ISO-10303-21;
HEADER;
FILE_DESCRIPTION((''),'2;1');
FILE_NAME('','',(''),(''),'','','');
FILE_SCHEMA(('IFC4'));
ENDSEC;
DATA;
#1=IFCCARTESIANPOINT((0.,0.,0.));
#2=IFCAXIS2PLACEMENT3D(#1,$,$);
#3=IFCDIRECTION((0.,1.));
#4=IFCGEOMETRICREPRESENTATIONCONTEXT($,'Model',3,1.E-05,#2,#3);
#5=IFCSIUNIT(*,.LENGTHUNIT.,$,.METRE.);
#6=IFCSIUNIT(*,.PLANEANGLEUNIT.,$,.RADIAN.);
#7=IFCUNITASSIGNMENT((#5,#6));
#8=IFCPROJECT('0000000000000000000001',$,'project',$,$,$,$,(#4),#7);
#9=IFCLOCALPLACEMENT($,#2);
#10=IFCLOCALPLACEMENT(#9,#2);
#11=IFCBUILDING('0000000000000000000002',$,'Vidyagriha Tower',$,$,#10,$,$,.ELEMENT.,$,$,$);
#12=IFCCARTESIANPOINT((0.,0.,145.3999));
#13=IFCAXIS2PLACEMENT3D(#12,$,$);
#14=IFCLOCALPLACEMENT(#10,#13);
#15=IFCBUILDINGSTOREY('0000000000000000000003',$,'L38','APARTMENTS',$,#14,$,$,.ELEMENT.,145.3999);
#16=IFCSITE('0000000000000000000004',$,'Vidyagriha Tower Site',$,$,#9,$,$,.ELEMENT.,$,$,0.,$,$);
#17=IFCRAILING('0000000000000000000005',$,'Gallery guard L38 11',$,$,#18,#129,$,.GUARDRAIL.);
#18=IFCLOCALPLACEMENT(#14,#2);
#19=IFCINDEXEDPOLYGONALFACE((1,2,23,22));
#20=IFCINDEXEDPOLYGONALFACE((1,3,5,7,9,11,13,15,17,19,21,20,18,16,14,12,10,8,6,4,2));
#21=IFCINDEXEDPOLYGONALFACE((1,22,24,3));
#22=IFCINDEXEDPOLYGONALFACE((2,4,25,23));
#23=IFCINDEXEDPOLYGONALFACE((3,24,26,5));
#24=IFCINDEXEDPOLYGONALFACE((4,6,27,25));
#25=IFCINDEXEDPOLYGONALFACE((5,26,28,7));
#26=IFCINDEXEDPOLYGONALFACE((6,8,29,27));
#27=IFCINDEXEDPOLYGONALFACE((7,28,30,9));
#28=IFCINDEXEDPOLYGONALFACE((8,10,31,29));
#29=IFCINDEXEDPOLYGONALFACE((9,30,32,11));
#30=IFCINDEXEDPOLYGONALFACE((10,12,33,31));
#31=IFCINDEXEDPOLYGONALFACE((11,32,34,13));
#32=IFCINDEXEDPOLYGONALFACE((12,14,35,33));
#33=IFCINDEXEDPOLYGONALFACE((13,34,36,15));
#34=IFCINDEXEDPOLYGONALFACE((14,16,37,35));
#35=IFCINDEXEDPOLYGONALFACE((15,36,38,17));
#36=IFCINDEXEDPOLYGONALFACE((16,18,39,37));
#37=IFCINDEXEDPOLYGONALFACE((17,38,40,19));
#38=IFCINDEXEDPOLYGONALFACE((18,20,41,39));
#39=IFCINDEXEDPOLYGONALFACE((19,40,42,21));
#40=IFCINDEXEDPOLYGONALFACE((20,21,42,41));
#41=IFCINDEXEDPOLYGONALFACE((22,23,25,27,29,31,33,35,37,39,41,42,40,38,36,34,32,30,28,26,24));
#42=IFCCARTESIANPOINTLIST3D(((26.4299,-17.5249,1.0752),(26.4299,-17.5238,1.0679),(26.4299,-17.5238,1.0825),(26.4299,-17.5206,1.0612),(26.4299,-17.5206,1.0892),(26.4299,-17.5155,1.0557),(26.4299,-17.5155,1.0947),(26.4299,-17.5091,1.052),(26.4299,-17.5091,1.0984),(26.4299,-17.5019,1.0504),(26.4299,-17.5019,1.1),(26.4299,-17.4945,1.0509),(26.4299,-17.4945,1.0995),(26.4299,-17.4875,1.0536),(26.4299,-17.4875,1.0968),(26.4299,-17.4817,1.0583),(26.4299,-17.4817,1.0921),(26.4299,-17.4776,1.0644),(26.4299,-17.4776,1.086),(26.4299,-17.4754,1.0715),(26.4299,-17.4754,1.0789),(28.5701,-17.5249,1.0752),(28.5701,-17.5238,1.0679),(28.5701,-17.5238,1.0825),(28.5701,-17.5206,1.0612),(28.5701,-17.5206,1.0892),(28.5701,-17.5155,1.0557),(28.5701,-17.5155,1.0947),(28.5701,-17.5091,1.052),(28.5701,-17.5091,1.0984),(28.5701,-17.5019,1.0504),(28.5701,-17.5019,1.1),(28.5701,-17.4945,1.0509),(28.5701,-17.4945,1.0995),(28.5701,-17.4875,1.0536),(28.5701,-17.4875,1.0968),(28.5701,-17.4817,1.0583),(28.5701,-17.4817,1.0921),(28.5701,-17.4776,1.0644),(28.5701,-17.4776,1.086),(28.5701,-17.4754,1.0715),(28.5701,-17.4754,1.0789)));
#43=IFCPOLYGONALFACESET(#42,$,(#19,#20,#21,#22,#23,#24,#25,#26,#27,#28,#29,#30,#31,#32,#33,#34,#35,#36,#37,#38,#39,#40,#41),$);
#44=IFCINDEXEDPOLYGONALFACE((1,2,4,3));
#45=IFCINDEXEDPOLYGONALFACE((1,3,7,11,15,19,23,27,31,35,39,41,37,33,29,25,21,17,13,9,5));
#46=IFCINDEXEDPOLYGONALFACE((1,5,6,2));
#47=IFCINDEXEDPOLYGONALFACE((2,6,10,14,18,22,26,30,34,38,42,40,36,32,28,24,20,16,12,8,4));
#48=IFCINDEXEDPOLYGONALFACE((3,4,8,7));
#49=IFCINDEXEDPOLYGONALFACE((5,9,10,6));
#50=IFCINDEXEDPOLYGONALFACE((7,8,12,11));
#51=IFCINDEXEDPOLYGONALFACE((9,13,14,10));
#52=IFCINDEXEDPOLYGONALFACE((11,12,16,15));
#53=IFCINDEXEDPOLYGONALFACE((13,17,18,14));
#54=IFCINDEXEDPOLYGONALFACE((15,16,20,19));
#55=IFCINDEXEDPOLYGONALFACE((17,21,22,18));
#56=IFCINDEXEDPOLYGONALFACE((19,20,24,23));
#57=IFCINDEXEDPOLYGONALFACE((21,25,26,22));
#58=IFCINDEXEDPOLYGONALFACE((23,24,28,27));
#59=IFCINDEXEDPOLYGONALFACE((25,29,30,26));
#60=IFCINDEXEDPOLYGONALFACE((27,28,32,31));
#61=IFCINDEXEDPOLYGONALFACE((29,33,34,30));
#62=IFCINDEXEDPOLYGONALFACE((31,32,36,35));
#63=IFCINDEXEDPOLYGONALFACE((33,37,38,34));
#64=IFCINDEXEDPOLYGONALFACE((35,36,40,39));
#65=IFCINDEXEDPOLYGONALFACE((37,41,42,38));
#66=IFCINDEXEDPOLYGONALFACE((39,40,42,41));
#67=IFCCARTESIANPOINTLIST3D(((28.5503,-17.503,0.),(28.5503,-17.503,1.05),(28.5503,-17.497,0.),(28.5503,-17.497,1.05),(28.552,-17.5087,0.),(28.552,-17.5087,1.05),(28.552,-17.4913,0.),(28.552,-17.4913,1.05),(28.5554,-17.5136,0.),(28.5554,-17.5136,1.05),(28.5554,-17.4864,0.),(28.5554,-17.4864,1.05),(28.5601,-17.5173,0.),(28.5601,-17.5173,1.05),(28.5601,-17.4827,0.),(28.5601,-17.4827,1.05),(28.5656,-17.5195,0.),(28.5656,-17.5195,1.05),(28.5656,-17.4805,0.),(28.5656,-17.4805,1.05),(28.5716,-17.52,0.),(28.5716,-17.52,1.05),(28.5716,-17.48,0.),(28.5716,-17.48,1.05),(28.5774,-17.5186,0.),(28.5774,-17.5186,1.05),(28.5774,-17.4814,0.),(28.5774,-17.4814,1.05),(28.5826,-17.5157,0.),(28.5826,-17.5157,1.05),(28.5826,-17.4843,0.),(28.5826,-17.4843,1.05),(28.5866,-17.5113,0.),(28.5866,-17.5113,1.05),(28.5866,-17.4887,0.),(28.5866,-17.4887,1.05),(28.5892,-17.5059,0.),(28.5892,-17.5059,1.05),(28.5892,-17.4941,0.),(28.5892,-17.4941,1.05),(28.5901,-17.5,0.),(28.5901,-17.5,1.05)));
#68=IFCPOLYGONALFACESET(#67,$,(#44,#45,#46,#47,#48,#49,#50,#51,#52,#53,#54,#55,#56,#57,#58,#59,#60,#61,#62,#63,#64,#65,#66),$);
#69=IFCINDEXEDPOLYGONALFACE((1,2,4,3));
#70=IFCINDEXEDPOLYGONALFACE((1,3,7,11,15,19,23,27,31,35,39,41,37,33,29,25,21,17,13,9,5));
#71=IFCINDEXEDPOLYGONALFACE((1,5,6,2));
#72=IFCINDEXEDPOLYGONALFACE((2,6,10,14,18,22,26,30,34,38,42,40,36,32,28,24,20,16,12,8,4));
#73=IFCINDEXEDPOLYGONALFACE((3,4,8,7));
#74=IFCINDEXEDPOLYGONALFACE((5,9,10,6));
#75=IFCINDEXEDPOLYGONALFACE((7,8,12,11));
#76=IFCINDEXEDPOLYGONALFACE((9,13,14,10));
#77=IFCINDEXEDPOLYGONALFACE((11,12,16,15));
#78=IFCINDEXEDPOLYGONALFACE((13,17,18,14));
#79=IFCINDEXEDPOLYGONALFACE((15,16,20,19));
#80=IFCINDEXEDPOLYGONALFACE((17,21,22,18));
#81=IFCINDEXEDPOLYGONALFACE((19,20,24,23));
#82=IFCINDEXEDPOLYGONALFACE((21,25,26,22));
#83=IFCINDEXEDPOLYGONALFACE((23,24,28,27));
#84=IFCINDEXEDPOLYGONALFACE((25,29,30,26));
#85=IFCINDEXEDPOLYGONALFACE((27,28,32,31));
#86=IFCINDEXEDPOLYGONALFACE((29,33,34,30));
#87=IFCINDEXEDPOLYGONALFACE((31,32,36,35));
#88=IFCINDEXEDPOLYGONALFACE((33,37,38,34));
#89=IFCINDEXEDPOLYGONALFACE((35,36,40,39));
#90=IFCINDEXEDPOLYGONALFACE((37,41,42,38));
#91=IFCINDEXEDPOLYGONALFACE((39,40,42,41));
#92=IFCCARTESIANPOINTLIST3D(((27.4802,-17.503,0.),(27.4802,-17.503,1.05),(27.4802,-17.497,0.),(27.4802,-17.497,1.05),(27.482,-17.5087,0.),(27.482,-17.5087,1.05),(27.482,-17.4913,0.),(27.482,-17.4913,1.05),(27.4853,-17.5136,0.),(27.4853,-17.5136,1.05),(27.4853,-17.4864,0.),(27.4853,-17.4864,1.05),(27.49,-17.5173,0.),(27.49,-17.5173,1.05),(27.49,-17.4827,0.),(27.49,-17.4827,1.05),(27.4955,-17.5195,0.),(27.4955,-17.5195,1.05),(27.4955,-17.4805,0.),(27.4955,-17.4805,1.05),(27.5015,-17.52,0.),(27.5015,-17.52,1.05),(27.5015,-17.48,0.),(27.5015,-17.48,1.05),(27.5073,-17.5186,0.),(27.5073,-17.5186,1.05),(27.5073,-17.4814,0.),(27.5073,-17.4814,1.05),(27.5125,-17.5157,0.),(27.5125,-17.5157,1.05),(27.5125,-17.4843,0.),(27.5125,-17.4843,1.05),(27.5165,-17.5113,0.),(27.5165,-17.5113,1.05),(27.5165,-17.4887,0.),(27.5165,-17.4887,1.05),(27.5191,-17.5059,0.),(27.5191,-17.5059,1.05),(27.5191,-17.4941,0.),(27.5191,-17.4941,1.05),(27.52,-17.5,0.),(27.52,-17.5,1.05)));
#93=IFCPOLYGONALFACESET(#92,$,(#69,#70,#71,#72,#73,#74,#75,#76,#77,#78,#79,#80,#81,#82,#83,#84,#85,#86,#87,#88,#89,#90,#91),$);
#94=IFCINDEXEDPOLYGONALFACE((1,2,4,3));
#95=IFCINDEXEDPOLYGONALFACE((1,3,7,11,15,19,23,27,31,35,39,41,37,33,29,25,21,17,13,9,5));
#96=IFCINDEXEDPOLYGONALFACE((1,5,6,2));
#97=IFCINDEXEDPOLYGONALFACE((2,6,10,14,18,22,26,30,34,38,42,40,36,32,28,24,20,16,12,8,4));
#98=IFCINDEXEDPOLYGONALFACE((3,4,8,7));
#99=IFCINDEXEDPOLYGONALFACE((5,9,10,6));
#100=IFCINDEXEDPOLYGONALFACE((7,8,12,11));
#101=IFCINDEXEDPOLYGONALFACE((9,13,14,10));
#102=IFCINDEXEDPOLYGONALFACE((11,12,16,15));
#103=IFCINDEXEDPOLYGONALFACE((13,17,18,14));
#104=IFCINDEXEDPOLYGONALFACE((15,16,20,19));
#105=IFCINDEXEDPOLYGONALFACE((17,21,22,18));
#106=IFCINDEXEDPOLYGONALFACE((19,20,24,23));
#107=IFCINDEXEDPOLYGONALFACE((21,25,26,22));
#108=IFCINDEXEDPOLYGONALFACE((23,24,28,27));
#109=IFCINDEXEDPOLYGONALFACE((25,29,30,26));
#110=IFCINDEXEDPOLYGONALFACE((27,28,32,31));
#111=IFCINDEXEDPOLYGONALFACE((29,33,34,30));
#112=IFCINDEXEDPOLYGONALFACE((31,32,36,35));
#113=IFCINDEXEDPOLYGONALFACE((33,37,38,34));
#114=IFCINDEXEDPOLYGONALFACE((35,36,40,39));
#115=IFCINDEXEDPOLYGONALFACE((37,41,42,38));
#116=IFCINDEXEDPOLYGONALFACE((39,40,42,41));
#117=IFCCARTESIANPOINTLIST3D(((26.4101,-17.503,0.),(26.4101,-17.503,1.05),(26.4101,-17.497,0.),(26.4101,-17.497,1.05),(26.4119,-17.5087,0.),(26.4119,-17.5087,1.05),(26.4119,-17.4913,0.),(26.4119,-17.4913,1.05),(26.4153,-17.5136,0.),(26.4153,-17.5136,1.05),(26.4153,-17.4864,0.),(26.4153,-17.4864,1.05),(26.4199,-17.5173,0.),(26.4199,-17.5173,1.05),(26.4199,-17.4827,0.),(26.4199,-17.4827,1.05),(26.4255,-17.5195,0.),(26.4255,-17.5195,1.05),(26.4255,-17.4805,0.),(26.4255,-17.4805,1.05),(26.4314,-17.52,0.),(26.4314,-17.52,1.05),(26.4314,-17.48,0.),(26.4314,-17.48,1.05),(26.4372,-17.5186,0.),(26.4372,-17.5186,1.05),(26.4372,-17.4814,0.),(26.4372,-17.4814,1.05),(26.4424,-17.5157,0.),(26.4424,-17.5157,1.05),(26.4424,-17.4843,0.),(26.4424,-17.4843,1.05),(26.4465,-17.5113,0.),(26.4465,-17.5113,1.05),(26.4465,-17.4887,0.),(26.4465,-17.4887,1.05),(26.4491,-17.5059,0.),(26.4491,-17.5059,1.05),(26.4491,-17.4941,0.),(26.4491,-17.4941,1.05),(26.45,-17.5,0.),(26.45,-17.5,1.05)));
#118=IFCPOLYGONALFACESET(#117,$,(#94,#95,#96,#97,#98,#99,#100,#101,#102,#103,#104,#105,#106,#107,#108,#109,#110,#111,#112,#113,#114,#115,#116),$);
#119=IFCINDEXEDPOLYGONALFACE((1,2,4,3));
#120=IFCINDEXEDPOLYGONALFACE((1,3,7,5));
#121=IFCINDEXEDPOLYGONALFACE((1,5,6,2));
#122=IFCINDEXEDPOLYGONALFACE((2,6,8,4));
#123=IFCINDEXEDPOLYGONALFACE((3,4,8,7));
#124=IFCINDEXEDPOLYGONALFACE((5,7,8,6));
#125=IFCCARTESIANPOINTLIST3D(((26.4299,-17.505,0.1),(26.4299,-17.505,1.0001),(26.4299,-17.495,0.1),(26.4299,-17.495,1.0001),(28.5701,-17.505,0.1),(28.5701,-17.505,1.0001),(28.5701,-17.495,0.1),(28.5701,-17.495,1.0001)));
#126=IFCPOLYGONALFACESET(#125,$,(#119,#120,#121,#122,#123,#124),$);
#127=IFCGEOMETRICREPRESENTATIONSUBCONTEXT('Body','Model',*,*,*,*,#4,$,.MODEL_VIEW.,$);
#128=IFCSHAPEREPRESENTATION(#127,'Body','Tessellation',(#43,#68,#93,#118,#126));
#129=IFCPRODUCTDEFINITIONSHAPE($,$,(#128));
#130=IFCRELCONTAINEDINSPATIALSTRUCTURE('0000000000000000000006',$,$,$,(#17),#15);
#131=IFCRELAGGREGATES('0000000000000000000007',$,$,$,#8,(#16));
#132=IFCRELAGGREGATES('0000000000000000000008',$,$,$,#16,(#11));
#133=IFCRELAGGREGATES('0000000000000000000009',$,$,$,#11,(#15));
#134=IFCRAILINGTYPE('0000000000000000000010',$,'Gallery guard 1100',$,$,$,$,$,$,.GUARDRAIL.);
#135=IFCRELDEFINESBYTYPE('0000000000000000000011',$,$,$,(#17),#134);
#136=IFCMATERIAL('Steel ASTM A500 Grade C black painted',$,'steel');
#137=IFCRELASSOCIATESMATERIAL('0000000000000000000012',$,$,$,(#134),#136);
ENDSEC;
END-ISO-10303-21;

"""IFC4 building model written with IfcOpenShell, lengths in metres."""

from ifc_helpers import new_model, si_unit, direction, frame, origin, origin_2d, place, context, subcontext, project, spatial, rectangle, circle, extrude, material, type_object, element, save


model = new_model("IFC4")

# Units and contexts
model_context = context("Model", 3, precision=1e-05, world=origin(), true_north=direction((0.0, 1.0)))
body_context = subcontext(model_context, "Body", "Model", "MODEL_VIEW")
ifc_project = project(units=[si_unit("LENGTHUNIT", "METRE"), si_unit("PLANEANGLEUNIT", "RADIAN")], contexts=[model_context])

# Site, building, storey
site_placement = place(None, origin())
site = spatial("IfcSite", under=ifc_project, at=site_placement, Name="Vidyagriha Tower Site", CompositionType="ELEMENT", RefElevation=0.0)
building_placement = place(site_placement, origin())
building = spatial("IfcBuilding", under=site, at=building_placement, Name="Vidyagriha Tower", CompositionType="ELEMENT")
storey_placement = place(building_placement, frame((0.0, 0.0, 145.3999)))
storey = spatial("IfcBuildingStorey", under=building, at=storey_placement, Name="L38", Description="APARTMENTS", CompositionType="ELEMENT", Elevation=145.3999)

# Railing
ifc_material_1 = material(Name="Steel ASTM A500 Grade C black painted", Category="steel")
railing_type = type_object("IfcRailingType", Name="Gallery guard 1100", PredefinedType="GUARDRAIL", material=ifc_material_1)
railing_1_placement = place(storey_placement, frame((28.5701, -17.5, 0.0)))
element("IfcRailing", 1, at=railing_1_placement, inside=storey, type_object=railing_type, Name="Gallery guard L38 11", PredefinedType="GUARDRAIL", context=body_context, shape_type="SweptSolid", body=[
    extrude(circle(Radius=0.0249, at=origin_2d()), frame((0.0, 0.0, 1.0752), z_axis=(-1.0, 0.0, 0.0), x_axis=(0.0, -1.0, 0.0)), (0.0, 0.0, 1.0), 2.1401),
    extrude(circle(Radius=0.02, at=origin_2d()), origin(), (0.0, 0.0, 1.0), 1.05),
    extrude(circle(Radius=0.02, at=origin_2d()), frame((-1.0701, 0.0, 0.0)), (0.0, 0.0, 1.0), 1.05),
    extrude(circle(Radius=0.02, at=origin_2d()), frame((-2.1401, 0.0, 0.0)), (0.0, 0.0, 1.0), 1.05),
    extrude(rectangle(XDim=0.01, YDim=0.9001, at=origin_2d()), frame((0.0, 0.0, 0.55), z_axis=(-1.0, 0.0, 0.0), x_axis=(0.0, -1.0, 0.0)), (0.0, 0.0, 1.0), 2.1401),
])

save(model, "model.ifc")
